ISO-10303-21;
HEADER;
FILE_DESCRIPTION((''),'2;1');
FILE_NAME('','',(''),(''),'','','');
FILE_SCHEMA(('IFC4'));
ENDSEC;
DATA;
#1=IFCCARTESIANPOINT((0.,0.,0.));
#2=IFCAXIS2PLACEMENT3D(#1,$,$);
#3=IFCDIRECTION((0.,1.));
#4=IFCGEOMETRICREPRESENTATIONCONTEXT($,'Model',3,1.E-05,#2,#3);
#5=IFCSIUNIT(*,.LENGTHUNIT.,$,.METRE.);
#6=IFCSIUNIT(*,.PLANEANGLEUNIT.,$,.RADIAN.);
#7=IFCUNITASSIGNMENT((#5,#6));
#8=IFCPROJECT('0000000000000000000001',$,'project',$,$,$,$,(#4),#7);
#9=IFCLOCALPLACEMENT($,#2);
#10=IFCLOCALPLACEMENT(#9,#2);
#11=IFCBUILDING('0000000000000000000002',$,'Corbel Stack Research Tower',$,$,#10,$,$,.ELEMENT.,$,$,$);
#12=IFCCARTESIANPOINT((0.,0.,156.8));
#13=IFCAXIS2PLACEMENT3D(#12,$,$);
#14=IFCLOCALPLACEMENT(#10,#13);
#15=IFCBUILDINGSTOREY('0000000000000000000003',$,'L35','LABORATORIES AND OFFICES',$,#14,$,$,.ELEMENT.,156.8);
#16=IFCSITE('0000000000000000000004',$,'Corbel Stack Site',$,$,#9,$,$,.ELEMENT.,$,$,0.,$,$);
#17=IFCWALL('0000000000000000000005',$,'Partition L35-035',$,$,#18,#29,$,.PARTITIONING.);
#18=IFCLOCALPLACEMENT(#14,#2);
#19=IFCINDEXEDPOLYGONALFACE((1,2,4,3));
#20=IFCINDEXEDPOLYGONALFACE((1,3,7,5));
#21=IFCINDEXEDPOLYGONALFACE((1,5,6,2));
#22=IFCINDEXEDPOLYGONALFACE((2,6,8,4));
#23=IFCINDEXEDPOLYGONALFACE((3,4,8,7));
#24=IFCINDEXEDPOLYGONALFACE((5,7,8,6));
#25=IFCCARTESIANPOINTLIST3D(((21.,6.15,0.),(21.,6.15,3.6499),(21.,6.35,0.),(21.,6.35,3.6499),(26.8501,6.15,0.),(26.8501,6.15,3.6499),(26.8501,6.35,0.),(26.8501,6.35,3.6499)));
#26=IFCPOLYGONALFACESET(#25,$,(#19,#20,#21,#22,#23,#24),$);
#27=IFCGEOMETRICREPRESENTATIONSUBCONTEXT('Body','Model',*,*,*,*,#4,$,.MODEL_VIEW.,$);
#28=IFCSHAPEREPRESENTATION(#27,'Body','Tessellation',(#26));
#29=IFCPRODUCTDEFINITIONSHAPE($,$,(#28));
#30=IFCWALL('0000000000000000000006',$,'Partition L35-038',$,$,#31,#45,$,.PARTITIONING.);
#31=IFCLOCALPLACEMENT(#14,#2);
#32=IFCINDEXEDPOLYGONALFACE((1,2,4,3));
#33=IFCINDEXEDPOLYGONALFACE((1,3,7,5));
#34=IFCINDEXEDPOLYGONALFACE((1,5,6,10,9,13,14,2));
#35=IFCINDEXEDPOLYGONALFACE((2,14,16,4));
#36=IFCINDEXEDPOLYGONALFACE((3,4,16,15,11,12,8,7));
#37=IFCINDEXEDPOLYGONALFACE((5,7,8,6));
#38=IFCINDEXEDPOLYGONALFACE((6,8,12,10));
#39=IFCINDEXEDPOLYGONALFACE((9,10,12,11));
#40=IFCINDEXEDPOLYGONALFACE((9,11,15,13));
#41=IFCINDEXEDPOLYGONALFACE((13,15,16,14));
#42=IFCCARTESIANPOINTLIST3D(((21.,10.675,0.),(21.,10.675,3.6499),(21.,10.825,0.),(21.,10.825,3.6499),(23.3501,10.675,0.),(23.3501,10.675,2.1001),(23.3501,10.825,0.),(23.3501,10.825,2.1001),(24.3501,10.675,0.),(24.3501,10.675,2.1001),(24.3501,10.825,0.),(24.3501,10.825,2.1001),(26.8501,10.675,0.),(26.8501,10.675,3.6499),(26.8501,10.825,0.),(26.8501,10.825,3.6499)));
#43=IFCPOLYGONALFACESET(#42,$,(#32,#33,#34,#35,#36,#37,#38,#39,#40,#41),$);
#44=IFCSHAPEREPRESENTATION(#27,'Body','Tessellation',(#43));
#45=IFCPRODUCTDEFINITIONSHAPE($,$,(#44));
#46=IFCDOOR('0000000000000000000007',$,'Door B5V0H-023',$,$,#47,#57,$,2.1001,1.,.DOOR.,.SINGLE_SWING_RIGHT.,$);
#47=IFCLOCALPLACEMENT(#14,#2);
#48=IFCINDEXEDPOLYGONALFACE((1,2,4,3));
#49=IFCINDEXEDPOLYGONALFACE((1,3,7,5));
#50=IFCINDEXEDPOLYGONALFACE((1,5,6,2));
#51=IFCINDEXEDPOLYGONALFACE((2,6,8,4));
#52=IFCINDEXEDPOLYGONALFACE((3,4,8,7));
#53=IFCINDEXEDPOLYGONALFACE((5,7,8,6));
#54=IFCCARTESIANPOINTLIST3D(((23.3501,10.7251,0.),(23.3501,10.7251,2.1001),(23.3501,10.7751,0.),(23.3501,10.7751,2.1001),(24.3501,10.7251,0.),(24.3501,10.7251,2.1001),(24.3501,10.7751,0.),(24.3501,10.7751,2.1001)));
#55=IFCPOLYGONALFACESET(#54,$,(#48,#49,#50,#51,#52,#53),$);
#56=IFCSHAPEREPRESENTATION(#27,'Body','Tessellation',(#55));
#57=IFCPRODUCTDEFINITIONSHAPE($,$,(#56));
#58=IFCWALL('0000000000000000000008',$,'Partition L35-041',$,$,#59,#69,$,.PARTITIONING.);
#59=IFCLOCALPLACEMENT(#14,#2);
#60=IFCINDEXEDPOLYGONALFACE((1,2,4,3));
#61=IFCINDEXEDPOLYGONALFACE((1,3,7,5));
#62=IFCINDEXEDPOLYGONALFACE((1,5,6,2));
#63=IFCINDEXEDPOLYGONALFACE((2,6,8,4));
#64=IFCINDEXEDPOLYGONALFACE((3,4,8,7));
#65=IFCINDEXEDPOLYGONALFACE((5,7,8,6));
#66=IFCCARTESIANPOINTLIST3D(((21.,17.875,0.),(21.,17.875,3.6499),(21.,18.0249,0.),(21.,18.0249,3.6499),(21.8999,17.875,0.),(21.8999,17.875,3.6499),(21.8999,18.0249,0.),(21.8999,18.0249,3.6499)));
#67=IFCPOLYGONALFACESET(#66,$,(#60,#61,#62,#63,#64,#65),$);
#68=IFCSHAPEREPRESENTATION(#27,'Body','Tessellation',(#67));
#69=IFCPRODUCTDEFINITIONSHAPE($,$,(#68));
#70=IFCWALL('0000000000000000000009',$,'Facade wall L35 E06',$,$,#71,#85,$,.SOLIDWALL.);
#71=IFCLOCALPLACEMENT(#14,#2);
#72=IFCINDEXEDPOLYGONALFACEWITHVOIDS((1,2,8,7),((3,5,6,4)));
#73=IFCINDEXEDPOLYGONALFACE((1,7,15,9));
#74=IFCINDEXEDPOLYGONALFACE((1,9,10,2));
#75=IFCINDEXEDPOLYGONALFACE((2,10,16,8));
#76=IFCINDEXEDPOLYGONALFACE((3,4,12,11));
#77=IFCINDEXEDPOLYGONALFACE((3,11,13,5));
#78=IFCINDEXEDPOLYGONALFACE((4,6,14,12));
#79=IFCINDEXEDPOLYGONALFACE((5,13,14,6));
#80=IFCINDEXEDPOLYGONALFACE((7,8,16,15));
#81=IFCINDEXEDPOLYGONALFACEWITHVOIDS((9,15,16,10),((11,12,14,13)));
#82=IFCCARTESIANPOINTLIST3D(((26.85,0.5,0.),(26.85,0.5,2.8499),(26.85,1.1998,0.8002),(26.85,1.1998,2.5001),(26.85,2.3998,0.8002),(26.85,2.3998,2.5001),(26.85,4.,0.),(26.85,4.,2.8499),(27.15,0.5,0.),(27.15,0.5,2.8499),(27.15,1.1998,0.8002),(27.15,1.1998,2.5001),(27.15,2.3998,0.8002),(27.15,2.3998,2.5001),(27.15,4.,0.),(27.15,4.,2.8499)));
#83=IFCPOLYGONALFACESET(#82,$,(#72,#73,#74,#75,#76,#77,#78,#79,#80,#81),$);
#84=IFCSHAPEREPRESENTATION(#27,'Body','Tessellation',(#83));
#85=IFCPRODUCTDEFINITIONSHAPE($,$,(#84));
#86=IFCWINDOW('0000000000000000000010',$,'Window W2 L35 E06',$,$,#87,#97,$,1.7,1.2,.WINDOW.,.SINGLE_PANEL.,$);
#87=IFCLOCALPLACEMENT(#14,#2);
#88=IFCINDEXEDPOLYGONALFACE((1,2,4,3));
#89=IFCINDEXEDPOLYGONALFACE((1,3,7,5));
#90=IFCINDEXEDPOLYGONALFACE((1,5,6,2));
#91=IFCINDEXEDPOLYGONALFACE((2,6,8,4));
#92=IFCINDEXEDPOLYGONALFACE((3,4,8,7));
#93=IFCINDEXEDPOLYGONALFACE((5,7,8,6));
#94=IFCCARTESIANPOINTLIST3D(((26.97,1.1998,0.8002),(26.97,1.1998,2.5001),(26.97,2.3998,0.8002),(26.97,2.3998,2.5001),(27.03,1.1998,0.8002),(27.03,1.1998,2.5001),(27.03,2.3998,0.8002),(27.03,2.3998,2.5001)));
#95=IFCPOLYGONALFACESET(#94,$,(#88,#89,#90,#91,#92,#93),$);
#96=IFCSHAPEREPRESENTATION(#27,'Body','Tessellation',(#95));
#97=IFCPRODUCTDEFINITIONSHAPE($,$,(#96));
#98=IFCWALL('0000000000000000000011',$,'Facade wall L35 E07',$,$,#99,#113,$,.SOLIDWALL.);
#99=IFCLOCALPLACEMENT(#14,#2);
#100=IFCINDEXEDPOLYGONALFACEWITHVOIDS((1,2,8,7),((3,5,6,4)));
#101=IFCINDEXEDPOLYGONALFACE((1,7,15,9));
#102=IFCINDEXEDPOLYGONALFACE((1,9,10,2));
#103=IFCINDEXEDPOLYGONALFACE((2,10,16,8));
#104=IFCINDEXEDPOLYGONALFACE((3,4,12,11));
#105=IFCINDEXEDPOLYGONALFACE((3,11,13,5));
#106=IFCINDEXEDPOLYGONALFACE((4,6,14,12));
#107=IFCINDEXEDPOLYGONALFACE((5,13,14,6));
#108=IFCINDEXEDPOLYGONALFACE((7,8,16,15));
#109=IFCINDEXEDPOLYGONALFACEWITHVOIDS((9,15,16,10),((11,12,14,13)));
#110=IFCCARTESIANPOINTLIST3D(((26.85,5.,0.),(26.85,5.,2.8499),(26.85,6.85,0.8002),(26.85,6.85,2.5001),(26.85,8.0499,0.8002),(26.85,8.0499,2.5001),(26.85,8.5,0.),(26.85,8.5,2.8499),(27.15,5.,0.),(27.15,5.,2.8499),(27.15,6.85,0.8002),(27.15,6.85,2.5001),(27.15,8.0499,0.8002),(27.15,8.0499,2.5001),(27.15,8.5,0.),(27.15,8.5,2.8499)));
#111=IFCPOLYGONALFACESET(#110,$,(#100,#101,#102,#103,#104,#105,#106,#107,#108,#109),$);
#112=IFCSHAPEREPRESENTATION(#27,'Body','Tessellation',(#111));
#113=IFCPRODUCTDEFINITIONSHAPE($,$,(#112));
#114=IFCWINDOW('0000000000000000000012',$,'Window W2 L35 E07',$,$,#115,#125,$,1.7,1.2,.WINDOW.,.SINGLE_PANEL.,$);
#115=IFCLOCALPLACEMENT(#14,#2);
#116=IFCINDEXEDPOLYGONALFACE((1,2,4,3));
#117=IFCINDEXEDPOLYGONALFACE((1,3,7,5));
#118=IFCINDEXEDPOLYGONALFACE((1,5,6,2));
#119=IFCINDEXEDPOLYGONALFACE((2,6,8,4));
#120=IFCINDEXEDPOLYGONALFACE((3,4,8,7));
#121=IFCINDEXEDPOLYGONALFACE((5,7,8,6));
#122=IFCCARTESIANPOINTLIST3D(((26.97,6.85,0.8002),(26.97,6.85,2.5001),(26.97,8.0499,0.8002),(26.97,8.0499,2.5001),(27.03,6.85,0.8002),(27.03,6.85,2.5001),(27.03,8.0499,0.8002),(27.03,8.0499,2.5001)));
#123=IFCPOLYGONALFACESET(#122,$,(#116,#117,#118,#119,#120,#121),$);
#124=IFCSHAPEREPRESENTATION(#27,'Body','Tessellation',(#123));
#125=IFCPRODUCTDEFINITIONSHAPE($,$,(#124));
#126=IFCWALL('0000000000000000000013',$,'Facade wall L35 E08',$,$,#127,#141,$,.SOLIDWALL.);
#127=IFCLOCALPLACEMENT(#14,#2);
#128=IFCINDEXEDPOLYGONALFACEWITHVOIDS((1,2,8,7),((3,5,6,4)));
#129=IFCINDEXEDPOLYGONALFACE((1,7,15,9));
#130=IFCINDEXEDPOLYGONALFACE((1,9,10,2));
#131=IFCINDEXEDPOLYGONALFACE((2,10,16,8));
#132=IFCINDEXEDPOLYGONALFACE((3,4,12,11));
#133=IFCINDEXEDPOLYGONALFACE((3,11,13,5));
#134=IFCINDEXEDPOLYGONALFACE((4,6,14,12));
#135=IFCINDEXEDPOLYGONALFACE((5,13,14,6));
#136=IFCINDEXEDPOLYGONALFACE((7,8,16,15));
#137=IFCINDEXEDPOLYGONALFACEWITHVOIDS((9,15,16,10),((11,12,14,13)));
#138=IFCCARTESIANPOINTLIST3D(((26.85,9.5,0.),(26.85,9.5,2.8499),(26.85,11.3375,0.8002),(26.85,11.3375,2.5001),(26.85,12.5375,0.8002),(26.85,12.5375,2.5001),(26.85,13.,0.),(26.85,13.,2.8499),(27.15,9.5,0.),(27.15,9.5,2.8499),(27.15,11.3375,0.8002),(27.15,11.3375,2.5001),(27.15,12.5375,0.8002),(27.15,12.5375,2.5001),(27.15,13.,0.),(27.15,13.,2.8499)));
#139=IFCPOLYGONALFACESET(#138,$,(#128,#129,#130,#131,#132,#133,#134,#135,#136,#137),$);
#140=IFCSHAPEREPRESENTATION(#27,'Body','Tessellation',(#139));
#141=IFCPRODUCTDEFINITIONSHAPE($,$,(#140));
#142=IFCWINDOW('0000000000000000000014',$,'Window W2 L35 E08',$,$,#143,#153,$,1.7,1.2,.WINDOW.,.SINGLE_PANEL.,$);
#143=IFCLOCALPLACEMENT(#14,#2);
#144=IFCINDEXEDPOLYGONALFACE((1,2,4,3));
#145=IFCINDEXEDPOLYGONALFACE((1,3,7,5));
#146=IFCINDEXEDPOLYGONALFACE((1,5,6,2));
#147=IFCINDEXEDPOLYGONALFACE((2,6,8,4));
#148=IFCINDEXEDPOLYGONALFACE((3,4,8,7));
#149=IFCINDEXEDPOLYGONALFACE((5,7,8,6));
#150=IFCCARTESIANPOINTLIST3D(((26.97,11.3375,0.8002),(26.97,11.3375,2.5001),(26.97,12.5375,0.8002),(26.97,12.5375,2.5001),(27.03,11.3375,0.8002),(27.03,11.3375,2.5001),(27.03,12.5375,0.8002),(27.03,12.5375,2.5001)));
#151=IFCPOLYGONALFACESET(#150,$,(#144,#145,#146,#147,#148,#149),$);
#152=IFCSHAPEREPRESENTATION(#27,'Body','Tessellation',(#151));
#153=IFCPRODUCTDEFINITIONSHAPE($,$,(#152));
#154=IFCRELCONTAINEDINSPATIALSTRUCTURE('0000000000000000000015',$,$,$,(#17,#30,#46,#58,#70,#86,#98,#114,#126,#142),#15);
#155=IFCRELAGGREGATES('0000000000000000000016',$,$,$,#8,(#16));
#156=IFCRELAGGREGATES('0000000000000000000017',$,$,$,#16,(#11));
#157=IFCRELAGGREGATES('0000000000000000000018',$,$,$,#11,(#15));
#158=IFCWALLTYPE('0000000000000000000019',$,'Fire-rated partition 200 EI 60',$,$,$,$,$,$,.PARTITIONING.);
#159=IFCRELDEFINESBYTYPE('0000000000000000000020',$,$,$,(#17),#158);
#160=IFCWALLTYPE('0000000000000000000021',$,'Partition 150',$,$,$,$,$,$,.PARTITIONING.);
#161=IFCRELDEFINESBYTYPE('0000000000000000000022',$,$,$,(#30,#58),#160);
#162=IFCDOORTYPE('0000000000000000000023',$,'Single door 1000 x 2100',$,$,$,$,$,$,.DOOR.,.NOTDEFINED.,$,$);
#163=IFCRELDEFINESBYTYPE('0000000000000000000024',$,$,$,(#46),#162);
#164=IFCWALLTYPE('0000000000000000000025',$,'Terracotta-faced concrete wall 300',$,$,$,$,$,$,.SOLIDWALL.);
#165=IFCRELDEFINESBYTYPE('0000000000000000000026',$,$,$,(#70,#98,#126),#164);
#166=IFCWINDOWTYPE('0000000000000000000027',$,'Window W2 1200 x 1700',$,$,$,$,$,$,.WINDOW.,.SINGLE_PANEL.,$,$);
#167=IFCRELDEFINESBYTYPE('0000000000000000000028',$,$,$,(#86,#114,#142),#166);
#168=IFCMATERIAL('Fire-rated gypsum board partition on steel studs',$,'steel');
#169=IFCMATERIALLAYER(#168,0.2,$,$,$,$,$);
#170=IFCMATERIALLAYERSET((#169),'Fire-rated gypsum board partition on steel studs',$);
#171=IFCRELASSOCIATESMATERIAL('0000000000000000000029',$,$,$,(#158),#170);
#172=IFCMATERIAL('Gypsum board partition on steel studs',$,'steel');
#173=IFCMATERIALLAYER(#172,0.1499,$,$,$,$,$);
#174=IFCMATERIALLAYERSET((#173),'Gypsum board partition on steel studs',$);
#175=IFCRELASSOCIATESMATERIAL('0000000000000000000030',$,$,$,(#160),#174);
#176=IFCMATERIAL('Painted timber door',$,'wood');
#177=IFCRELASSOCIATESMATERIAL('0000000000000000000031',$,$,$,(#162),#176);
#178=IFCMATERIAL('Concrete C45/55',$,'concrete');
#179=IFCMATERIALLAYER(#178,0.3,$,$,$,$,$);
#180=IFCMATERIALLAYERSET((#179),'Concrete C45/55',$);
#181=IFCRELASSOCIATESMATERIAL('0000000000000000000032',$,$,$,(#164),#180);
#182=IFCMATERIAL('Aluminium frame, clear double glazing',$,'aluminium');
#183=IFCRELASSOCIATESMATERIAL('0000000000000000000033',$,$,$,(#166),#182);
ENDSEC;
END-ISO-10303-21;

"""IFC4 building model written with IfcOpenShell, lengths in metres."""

from ifc_helpers import new_model, si_unit, direction, frame, frame_2d, origin, place, context, subcontext, project, spatial, rectangle, extrude, material, layer, layer_set, type_object, element, fill, save


model = new_model("IFC4")

# Units and contexts
model_context = context("Model", 3, precision=1e-05, world=origin(), true_north=direction((0.0, 1.0)))
body_context = subcontext(model_context, "Body", "Model", "MODEL_VIEW")
ifc_project = project(units=[si_unit("LENGTHUNIT", "METRE"), si_unit("PLANEANGLEUNIT", "RADIAN")], contexts=[model_context])

# Site, building, storey
site_placement = place(None, origin())
site = spatial("IfcSite", under=ifc_project, at=site_placement, Name="Corbel Stack Site", CompositionType="ELEMENT", RefElevation=0.0)
building_placement = place(site_placement, origin())
building = spatial("IfcBuilding", under=site, at=building_placement, Name="Corbel Stack Research Tower", CompositionType="ELEMENT")
storey_placement = place(building_placement, frame((0.0, 0.0, 156.8)))
storey = spatial("IfcBuildingStorey", under=building, at=storey_placement, Name="L35", Description="LABORATORIES AND OFFICES", CompositionType="ELEMENT", Elevation=156.8)

# Shared definitions
ifc_material_1 = material(Name="Fire-rated gypsum board partition on steel studs", Category="steel")
ifc_layer_1 = layer(ifc_material_1, 0.2)
ifc_layer_set_1 = layer_set([ifc_layer_1], Name="Fire-rated gypsum board partition on steel studs")
wall_type_1 = type_object("IfcWallType", Name="Fire-rated partition 200 EI 60", PredefinedType="PARTITIONING", material=ifc_layer_set_1)

# Wall
for number, where, z_axis, x_axis, name in (
    (1, (21.0, 6.25, 0.0), (0.0, 0.0, 1.0), (1.0, 0.0, 0.0), "Partition L35-035"),
):
    element("IfcWall", number, at=place(storey_placement, frame(where, z_axis=z_axis, x_axis=x_axis)), inside=storey, type_object=wall_type_1, Name=name, PredefinedType="PARTITIONING", context=body_context, shape_type="SweptSolid", body=[
        extrude(rectangle(XDim=5.8501, YDim=0.2, at=frame_2d((2.925, 0.0))), origin(), (0.0, 0.0, 1.0), 3.6499),
    ])

# Wall, opening, door
ifc_material_2 = material(Name="Gypsum board partition on steel studs", Category="steel")
ifc_layer_2 = layer(ifc_material_2, 0.1499)
ifc_layer_set_2 = layer_set([ifc_layer_2], Name="Gypsum board partition on steel studs")
wall_type_2 = type_object("IfcWallType", Name="Partition 150", PredefinedType="PARTITIONING", material=ifc_layer_set_2)
wall_1_placement = place(storey_placement, frame((26.8501, 10.75, 0.0), z_axis=(0.0, 0.0, 1.0), x_axis=(-1.0, 0.0, 0.0)))
wall_1 = element("IfcWall", 2, at=wall_1_placement, inside=storey, type_object=wall_type_2, Name="Partition L35-038", PredefinedType="PARTITIONING", context=body_context, shape_type="SweptSolid", body=[
    extrude(rectangle(XDim=5.8501, YDim=0.1499, at=frame_2d((2.925, 0.0))), origin(), (0.0, 0.0, 1.0), 3.6499),
])
opening_1_placement = place(wall_1_placement, frame((2.5, 0.0, 0.0)))
opening_1 = element("IfcOpeningElement", 3, at=opening_1_placement, cuts=wall_1, PredefinedType="OPENING", context=body_context, shape_type="SweptSolid", body=[
    extrude(rectangle(XDim=1.0, YDim=2.1001, at=frame_2d((0.5, 1.05))), frame((0.0, 0.085, 0.0), z_axis=(0.0, -1.0, 0.0), x_axis=(1.0, 0.0, 0.0)), (0.0, 0.0, 1.0), 0.1699),
])
ifc_material_3 = material(Name="Painted timber door", Category="wood")
door_type_1 = type_object("IfcDoorType", Name="Single door 1000 x 2100", OperationType="NOTDEFINED", PredefinedType="DOOR", material=ifc_material_3)
door_1_placement = place(opening_1_placement, origin())
door_1 = element("IfcDoor", 4, at=door_1_placement, inside=storey, type_object=door_type_1, Name="Door B5V0H-023", OperationType="SINGLE_SWING_RIGHT", OverallHeight=2.1001, OverallWidth=1.0, PredefinedType="DOOR", context=body_context, shape_type="SweptSolid", body=[
    extrude(rectangle(XDim=1.0, YDim=2.1001, at=frame_2d((0.5, 1.05))), frame((0.0, 0.0249, 0.0), z_axis=(0.0, -1.0, 0.0), x_axis=(1.0, 0.0, 0.0)), (0.0, 0.0, 1.0), 0.05),
])
fill(opening_1, door_1)

# Wall
wall_2_placement = place(storey_placement, frame((21.0, 17.95, 0.0), z_axis=(0.0, 0.0, 1.0), x_axis=(1.0, 0.0, 0.0)))
element("IfcWall", 5, at=wall_2_placement, inside=storey, type_object=wall_type_2, Name="Partition L35-041", PredefinedType="PARTITIONING", context=body_context, shape_type="SweptSolid", body=[
    extrude(rectangle(XDim=0.8999, YDim=0.1499, at=frame_2d((0.45, 0.0))), origin(), (0.0, 0.0, 1.0), 3.6499),
])

# Walls, openings, windows
ifc_material_4 = material(Name="Concrete C45/55", Category="concrete")
ifc_layer_3 = layer(ifc_material_4, 0.3)
ifc_layer_set_3 = layer_set([ifc_layer_3], Name="Concrete C45/55")
wall_type_3 = type_object("IfcWallType", Name="Terracotta-faced concrete wall 300", PredefinedType="SOLIDWALL", material=ifc_layer_set_3)
wall_3_placement = place(storey_placement, frame((27.0, 4.0, 0.0), z_axis=(0.0, 0.0, 1.0), x_axis=(0.0, -1.0, 0.0)))
wall_3 = element("IfcWall", 6, at=wall_3_placement, inside=storey, type_object=wall_type_3, Name="Facade wall L35 E06", PredefinedType="SOLIDWALL", context=body_context, shape_type="SweptSolid", body=[
    extrude(rectangle(XDim=3.5, YDim=0.3, at=frame_2d((1.75, 0.0))), origin(), (0.0, 0.0, 1.0), 2.8499),
])
opening_2_placement = place(wall_3_placement, frame((1.6001, 0.0, 0.8)))
opening_2 = element("IfcOpeningElement", 7, at=opening_2_placement, cuts=wall_3, PredefinedType="OPENING", context=body_context, shape_type="SweptSolid", body=[
    extrude(rectangle(XDim=1.2, YDim=1.7, at=frame_2d((0.6001, 0.8501))), frame((0.0, 0.1599, 0.0), z_axis=(0.0, -1.0, 0.0), x_axis=(1.0, 0.0, 0.0)), (0.0, 0.0, 1.0), 0.3201),
])
ifc_material_5 = material(Name="Aluminium frame, clear double glazing", Category="aluminium")
window_type = type_object("IfcWindowType", Name="Window W2 1200 x 1700", PartitioningType="SINGLE_PANEL", PredefinedType="WINDOW", material=ifc_material_5)
window_1_placement = place(opening_2_placement, origin())
window_1 = element("IfcWindow", 8, at=window_1_placement, inside=storey, type_object=window_type, Name="Window W2 L35 E06", OverallHeight=1.7, OverallWidth=1.2, PartitioningType="SINGLE_PANEL", PredefinedType="WINDOW", context=body_context, shape_type="SweptSolid", body=[
    extrude(rectangle(XDim=1.2, YDim=1.7, at=frame_2d((0.6001, 0.8501))), frame((0.0, 0.03, 0.0), z_axis=(0.0, -1.0, 0.0), x_axis=(1.0, 0.0, 0.0)), (0.0, 0.0, 1.0), 0.0601),
])
fill(opening_2, window_1)
wall_4_placement = place(storey_placement, frame((27.0, 8.5, 0.0), z_axis=(0.0, 0.0, 1.0), x_axis=(0.0, -1.0, 0.0)))
wall_4 = element("IfcWall", 9, at=wall_4_placement, inside=storey, type_object=wall_type_3, Name="Facade wall L35 E07", PredefinedType="SOLIDWALL", context=body_context, shape_type="SweptSolid", body=[
    extrude(rectangle(XDim=3.5, YDim=0.3, at=frame_2d((1.75, 0.0))), origin(), (0.0, 0.0, 1.0), 2.8499),
])
opening_3_placement = place(wall_4_placement, frame((0.45, 0.0, 0.8)))
opening_3 = element("IfcOpeningElement", 10, at=opening_3_placement, cuts=wall_4, PredefinedType="OPENING", context=body_context, shape_type="SweptSolid", body=[
    extrude(rectangle(XDim=1.2, YDim=1.7, at=frame_2d((0.6001, 0.8501))), frame((0.0, 0.1599, 0.0), z_axis=(0.0, -1.0, 0.0), x_axis=(1.0, 0.0, 0.0)), (0.0, 0.0, 1.0), 0.3201),
])
window_2_placement = place(opening_3_placement, origin())
window_2 = element("IfcWindow", 11, at=window_2_placement, inside=storey, type_object=window_type, Name="Window W2 L35 E07", OverallHeight=1.7, OverallWidth=1.2, PartitioningType="SINGLE_PANEL", PredefinedType="WINDOW", context=body_context, shape_type="SweptSolid", body=[
    extrude(rectangle(XDim=1.2, YDim=1.7, at=frame_2d((0.6001, 0.8501))), frame((0.0, 0.03, 0.0), z_axis=(0.0, -1.0, 0.0), x_axis=(1.0, 0.0, 0.0)), (0.0, 0.0, 1.0), 0.0601),
])
fill(opening_3, window_2)
wall_5_placement = place(storey_placement, frame((27.0, 13.0, 0.0), z_axis=(0.0, 0.0, 1.0), x_axis=(0.0, -1.0, 0.0)))
wall_5 = element("IfcWall", 12, at=wall_5_placement, inside=storey, type_object=wall_type_3, Name="Facade wall L35 E08", PredefinedType="SOLIDWALL", context=body_context, shape_type="SweptSolid", body=[
    extrude(rectangle(XDim=3.5, YDim=0.3, at=frame_2d((1.75, 0.0))), origin(), (0.0, 0.0, 1.0), 2.8499),
])
opening_4_placement = place(wall_5_placement, frame((0.4624, 0.0, 0.8)))
opening_4 = element("IfcOpeningElement", 13, at=opening_4_placement, cuts=wall_5, PredefinedType="OPENING", context=body_context, shape_type="SweptSolid", body=[
    extrude(rectangle(XDim=1.2, YDim=1.7, at=frame_2d((0.6001, 0.8501))), frame((0.0, 0.1599, 0.0), z_axis=(0.0, -1.0, 0.0), x_axis=(1.0, 0.0, 0.0)), (0.0, 0.0, 1.0), 0.3201),
])
window_3_placement = place(opening_4_placement, origin())
window_3 = element("IfcWindow", 14, at=window_3_placement, inside=storey, type_object=window_type, Name="Window W2 L35 E08", OverallHeight=1.7, OverallWidth=1.2, PartitioningType="SINGLE_PANEL", PredefinedType="WINDOW", context=body_context, shape_type="SweptSolid", body=[
    extrude(rectangle(XDim=1.2, YDim=1.7, at=frame_2d((0.6001, 0.8501))), frame((0.0, 0.03, 0.0), z_axis=(0.0, -1.0, 0.0), x_axis=(1.0, 0.0, 0.0)), (0.0, 0.0, 1.0), 0.0601),
])
fill(opening_4, window_3)

save(model, "model.ifc")
